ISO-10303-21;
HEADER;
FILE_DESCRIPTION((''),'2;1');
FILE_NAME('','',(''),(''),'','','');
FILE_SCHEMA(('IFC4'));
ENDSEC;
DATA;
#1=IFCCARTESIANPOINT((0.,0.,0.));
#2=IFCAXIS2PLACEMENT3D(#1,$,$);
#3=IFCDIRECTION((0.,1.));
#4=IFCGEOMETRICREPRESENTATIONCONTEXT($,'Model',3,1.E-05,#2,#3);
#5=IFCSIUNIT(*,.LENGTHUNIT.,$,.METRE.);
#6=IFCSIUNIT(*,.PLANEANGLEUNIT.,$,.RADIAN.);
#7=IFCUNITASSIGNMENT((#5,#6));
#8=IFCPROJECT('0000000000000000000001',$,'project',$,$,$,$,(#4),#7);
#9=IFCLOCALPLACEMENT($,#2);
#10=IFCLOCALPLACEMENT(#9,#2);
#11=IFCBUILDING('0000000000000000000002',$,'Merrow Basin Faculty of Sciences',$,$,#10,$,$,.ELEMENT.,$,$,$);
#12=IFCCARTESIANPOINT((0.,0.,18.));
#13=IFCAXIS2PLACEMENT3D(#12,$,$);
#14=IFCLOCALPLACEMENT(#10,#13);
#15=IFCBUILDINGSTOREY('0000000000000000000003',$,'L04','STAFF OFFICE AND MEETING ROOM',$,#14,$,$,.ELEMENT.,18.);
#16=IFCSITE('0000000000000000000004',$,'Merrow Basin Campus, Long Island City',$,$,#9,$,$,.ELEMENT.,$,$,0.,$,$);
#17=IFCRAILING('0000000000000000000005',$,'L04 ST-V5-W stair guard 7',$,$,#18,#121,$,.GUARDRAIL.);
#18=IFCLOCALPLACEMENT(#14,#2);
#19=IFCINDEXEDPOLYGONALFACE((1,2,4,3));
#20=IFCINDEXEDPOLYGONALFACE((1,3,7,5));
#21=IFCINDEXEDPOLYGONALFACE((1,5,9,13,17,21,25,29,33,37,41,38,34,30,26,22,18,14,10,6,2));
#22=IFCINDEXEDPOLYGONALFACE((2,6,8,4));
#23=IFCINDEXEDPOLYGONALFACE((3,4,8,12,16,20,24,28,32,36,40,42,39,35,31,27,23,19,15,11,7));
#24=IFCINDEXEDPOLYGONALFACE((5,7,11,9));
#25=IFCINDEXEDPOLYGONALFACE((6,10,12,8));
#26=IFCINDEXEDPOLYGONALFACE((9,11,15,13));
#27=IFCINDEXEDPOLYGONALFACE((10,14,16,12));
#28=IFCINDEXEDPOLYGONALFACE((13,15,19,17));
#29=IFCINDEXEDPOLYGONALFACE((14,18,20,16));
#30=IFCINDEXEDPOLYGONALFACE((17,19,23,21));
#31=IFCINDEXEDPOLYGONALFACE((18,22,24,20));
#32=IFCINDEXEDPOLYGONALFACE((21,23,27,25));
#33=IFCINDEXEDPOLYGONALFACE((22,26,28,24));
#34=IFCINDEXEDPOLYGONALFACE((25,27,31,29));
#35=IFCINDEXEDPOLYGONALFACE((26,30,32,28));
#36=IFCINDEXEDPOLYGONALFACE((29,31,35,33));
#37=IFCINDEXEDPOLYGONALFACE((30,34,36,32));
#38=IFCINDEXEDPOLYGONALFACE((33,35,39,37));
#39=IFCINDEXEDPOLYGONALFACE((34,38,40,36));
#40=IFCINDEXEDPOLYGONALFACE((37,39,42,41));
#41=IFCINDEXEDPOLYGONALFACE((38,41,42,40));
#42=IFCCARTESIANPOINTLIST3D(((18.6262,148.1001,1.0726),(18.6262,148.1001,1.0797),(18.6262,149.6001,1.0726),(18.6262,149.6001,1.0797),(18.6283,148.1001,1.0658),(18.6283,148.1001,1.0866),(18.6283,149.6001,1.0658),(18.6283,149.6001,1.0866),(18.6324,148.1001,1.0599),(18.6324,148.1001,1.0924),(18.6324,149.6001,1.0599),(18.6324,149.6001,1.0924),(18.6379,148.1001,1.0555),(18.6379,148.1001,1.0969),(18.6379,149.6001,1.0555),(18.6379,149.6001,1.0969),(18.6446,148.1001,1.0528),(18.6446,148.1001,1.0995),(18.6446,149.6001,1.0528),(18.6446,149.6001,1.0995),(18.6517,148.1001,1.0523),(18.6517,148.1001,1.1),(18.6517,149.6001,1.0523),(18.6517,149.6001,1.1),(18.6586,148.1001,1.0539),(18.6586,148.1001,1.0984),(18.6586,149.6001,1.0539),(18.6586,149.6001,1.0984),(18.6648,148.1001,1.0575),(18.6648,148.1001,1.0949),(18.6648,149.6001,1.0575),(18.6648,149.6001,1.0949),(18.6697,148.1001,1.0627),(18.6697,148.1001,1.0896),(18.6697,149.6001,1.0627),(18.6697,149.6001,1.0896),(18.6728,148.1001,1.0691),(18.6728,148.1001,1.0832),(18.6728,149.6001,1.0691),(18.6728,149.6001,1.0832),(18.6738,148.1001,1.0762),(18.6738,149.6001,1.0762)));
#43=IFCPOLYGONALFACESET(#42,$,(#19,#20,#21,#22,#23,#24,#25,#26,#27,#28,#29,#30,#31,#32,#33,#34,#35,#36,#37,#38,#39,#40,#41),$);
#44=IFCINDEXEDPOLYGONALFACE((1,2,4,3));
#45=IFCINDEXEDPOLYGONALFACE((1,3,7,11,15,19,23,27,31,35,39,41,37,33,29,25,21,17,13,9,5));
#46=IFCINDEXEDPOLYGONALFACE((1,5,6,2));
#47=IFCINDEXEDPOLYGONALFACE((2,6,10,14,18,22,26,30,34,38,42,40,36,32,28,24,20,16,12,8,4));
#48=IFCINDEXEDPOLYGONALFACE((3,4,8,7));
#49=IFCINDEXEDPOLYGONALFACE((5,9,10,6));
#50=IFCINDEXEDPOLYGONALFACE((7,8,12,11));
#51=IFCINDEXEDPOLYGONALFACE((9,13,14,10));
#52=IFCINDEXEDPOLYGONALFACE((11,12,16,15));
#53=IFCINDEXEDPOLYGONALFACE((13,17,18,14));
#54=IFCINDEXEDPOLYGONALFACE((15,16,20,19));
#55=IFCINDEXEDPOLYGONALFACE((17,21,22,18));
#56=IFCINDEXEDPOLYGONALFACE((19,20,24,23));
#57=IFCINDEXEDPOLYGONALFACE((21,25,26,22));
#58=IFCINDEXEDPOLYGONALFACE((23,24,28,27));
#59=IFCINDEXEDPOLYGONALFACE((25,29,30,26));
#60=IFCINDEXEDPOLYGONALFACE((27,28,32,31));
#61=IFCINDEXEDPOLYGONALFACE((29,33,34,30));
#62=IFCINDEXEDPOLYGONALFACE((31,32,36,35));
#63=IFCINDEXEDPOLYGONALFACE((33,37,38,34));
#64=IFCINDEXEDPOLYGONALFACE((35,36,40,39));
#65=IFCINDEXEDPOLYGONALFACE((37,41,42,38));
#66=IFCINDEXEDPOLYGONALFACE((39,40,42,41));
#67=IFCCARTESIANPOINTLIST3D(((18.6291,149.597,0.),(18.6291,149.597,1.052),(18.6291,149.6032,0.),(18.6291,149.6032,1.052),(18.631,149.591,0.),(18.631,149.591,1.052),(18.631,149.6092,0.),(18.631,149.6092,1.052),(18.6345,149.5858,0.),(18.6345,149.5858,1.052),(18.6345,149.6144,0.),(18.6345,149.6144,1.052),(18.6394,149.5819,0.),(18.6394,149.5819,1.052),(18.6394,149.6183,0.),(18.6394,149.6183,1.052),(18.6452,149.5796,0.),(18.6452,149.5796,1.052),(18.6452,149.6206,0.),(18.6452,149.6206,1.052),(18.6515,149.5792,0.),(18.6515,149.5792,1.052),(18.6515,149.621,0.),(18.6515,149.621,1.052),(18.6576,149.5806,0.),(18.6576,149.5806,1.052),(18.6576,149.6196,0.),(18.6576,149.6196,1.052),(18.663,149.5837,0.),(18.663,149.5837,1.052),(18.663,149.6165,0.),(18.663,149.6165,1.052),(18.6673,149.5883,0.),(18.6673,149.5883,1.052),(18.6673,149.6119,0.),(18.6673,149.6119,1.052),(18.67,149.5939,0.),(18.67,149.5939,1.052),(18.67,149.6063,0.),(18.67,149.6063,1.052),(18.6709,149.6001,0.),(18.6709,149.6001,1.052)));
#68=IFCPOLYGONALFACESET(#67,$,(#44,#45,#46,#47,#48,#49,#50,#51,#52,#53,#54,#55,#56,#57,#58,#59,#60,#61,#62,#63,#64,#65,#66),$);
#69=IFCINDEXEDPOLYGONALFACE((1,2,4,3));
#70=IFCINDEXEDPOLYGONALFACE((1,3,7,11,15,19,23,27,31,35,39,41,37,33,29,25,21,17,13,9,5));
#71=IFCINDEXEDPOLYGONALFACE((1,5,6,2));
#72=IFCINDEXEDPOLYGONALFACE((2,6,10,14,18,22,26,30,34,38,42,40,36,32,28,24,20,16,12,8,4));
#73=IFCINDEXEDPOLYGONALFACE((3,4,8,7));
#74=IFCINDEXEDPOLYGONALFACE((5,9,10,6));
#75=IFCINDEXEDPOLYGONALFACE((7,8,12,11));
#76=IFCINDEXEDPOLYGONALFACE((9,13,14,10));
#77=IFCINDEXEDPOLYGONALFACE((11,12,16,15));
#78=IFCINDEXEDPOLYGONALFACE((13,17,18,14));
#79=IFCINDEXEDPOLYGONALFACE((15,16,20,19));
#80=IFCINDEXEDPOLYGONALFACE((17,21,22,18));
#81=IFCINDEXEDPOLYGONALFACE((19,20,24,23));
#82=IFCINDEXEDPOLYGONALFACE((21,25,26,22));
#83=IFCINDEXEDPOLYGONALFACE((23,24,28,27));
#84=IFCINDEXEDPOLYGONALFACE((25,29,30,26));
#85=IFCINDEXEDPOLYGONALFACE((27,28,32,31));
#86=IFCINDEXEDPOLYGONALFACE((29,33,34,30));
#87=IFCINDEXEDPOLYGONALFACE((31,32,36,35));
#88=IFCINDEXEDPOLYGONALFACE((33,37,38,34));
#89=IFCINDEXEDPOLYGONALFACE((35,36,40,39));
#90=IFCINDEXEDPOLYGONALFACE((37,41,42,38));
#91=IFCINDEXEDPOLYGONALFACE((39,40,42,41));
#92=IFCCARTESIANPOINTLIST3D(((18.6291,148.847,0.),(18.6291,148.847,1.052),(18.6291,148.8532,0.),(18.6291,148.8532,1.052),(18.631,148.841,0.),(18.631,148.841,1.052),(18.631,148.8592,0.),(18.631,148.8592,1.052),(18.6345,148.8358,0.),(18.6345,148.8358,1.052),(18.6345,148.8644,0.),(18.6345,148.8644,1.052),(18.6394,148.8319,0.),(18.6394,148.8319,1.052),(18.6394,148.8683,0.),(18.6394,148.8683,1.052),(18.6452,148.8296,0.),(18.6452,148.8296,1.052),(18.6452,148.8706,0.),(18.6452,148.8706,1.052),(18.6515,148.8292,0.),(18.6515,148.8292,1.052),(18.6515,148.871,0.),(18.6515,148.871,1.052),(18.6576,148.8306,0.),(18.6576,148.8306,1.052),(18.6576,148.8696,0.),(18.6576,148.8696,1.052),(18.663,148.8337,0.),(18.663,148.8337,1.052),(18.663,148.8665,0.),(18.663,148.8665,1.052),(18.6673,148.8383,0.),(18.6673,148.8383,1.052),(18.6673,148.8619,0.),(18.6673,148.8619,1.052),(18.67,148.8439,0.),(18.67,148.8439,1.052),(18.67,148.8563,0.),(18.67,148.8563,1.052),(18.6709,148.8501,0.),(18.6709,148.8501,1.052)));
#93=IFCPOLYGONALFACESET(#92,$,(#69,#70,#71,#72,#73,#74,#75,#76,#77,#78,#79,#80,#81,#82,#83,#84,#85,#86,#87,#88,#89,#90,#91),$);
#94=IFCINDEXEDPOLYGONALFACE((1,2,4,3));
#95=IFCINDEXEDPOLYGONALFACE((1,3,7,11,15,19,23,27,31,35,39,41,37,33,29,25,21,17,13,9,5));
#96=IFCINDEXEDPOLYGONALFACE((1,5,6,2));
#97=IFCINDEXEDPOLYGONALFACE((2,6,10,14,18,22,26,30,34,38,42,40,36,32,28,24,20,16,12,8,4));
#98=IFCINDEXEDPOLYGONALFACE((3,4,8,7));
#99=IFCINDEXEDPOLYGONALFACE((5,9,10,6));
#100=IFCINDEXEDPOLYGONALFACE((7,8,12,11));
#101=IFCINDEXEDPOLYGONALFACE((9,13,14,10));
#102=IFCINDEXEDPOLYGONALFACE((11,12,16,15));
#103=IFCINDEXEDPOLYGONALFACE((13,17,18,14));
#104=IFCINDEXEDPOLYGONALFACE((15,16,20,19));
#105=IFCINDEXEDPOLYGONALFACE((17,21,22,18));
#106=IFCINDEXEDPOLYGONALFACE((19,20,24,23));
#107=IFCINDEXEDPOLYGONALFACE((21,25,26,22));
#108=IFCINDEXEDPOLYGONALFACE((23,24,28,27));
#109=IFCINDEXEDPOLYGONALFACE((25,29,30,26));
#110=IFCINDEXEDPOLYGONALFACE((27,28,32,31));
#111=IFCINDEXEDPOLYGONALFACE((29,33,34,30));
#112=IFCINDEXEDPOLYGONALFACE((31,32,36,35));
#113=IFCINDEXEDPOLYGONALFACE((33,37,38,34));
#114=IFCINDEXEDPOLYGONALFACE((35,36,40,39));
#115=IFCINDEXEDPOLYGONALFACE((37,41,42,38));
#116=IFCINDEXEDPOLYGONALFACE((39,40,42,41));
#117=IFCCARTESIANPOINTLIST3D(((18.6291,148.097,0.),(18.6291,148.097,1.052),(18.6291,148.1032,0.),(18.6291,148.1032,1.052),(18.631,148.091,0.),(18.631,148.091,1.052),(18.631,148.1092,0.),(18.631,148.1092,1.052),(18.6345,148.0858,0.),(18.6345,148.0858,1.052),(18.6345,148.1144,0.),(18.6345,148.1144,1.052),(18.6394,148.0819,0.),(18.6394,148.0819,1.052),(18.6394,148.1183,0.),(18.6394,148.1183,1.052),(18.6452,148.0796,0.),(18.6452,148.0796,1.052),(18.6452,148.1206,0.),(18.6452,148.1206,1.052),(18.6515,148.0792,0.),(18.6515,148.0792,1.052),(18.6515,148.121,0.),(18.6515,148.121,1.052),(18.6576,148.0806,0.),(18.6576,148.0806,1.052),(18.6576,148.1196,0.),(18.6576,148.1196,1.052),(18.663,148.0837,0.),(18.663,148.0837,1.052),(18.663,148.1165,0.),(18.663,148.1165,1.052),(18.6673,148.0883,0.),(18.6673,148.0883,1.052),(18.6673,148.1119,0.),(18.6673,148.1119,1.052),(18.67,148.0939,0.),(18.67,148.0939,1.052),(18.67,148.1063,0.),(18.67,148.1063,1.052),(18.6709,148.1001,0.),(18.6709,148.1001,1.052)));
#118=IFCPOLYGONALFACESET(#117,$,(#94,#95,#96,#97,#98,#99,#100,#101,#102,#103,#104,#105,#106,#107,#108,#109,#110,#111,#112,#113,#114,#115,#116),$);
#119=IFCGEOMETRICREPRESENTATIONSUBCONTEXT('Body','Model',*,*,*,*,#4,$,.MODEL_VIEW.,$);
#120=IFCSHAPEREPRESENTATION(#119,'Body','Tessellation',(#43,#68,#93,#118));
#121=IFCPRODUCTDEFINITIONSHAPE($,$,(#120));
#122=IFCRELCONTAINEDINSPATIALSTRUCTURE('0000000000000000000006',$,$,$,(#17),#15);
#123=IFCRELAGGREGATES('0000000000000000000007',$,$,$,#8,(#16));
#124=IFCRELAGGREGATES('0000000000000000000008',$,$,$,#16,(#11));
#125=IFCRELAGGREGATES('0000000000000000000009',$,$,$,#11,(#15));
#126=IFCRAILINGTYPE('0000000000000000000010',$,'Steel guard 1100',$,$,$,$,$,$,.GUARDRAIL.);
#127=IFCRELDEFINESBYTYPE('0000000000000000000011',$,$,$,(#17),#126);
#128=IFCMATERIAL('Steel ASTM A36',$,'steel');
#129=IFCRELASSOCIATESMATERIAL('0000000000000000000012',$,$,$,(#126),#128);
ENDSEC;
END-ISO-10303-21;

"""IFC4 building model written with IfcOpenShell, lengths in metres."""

from ifc_helpers import new_model, si_unit, direction, frame, origin, origin_2d, place, context, subcontext, project, spatial, circle, extrude, material, type_object, element, save


model = new_model("IFC4")

# Units and contexts
model_context = context("Model", 3, precision=1e-05, world=origin(), true_north=direction((0.0, 1.0)))
body_context = subcontext(model_context, "Body", "Model", "MODEL_VIEW")
ifc_project = project(units=[si_unit("LENGTHUNIT", "METRE"), si_unit("PLANEANGLEUNIT", "RADIAN")], contexts=[model_context])

# Site, building, storey
site_placement = place(None, origin())
site = spatial("IfcSite", under=ifc_project, at=site_placement, Name="Merrow Basin Campus, Long Island City", CompositionType="ELEMENT", RefElevation=0.0)
building_placement = place(site_placement, origin())
building = spatial("IfcBuilding", under=site, at=building_placement, Name="Merrow Basin Faculty of Sciences", CompositionType="ELEMENT")
storey_placement = place(building_placement, frame((0.0, 0.0, 18.0)))
storey = spatial("IfcBuildingStorey", under=building, at=storey_placement, Name="L04", Description="STAFF OFFICE AND MEETING ROOM", CompositionType="ELEMENT", Elevation=18.0)

# Railing
ifc_material_1 = material(Name="Steel ASTM A36", Category="steel")
railing_type_1 = type_object("IfcRailingType", Name="Steel guard 1100", PredefinedType="GUARDRAIL", material=ifc_material_1)
railing_1_placement = place(storey_placement, frame((18.6499, 149.6001, 0.0)))
element("IfcRailing", 1, at=railing_1_placement, inside=storey, type_object=railing_type_1, Name="L04 ST-V5-W stair guard 7", PredefinedType="GUARDRAIL", context=body_context, shape_type="SweptSolid", body=[
    extrude(circle(Radius=0.0239, at=origin_2d()), frame((0.0, 0.0, 1.0762), z_axis=(0.0, -1.0, 0.0), x_axis=(1.0, 0.0, 0.0)), (0.0, 0.0, 1.0), 1.5),
    extrude(circle(Radius=0.021, at=origin_2d()), origin(), (0.0, 0.0, 1.0), 1.052),
    extrude(circle(Radius=0.021, at=origin_2d()), frame((0.0, -0.75, 0.0)), (0.0, 0.0, 1.0), 1.052),
    extrude(circle(Radius=0.021, at=origin_2d()), frame((0.0, -1.5, 0.0)), (0.0, 0.0, 1.0), 1.052),
])

save(model, "model.ifc")
